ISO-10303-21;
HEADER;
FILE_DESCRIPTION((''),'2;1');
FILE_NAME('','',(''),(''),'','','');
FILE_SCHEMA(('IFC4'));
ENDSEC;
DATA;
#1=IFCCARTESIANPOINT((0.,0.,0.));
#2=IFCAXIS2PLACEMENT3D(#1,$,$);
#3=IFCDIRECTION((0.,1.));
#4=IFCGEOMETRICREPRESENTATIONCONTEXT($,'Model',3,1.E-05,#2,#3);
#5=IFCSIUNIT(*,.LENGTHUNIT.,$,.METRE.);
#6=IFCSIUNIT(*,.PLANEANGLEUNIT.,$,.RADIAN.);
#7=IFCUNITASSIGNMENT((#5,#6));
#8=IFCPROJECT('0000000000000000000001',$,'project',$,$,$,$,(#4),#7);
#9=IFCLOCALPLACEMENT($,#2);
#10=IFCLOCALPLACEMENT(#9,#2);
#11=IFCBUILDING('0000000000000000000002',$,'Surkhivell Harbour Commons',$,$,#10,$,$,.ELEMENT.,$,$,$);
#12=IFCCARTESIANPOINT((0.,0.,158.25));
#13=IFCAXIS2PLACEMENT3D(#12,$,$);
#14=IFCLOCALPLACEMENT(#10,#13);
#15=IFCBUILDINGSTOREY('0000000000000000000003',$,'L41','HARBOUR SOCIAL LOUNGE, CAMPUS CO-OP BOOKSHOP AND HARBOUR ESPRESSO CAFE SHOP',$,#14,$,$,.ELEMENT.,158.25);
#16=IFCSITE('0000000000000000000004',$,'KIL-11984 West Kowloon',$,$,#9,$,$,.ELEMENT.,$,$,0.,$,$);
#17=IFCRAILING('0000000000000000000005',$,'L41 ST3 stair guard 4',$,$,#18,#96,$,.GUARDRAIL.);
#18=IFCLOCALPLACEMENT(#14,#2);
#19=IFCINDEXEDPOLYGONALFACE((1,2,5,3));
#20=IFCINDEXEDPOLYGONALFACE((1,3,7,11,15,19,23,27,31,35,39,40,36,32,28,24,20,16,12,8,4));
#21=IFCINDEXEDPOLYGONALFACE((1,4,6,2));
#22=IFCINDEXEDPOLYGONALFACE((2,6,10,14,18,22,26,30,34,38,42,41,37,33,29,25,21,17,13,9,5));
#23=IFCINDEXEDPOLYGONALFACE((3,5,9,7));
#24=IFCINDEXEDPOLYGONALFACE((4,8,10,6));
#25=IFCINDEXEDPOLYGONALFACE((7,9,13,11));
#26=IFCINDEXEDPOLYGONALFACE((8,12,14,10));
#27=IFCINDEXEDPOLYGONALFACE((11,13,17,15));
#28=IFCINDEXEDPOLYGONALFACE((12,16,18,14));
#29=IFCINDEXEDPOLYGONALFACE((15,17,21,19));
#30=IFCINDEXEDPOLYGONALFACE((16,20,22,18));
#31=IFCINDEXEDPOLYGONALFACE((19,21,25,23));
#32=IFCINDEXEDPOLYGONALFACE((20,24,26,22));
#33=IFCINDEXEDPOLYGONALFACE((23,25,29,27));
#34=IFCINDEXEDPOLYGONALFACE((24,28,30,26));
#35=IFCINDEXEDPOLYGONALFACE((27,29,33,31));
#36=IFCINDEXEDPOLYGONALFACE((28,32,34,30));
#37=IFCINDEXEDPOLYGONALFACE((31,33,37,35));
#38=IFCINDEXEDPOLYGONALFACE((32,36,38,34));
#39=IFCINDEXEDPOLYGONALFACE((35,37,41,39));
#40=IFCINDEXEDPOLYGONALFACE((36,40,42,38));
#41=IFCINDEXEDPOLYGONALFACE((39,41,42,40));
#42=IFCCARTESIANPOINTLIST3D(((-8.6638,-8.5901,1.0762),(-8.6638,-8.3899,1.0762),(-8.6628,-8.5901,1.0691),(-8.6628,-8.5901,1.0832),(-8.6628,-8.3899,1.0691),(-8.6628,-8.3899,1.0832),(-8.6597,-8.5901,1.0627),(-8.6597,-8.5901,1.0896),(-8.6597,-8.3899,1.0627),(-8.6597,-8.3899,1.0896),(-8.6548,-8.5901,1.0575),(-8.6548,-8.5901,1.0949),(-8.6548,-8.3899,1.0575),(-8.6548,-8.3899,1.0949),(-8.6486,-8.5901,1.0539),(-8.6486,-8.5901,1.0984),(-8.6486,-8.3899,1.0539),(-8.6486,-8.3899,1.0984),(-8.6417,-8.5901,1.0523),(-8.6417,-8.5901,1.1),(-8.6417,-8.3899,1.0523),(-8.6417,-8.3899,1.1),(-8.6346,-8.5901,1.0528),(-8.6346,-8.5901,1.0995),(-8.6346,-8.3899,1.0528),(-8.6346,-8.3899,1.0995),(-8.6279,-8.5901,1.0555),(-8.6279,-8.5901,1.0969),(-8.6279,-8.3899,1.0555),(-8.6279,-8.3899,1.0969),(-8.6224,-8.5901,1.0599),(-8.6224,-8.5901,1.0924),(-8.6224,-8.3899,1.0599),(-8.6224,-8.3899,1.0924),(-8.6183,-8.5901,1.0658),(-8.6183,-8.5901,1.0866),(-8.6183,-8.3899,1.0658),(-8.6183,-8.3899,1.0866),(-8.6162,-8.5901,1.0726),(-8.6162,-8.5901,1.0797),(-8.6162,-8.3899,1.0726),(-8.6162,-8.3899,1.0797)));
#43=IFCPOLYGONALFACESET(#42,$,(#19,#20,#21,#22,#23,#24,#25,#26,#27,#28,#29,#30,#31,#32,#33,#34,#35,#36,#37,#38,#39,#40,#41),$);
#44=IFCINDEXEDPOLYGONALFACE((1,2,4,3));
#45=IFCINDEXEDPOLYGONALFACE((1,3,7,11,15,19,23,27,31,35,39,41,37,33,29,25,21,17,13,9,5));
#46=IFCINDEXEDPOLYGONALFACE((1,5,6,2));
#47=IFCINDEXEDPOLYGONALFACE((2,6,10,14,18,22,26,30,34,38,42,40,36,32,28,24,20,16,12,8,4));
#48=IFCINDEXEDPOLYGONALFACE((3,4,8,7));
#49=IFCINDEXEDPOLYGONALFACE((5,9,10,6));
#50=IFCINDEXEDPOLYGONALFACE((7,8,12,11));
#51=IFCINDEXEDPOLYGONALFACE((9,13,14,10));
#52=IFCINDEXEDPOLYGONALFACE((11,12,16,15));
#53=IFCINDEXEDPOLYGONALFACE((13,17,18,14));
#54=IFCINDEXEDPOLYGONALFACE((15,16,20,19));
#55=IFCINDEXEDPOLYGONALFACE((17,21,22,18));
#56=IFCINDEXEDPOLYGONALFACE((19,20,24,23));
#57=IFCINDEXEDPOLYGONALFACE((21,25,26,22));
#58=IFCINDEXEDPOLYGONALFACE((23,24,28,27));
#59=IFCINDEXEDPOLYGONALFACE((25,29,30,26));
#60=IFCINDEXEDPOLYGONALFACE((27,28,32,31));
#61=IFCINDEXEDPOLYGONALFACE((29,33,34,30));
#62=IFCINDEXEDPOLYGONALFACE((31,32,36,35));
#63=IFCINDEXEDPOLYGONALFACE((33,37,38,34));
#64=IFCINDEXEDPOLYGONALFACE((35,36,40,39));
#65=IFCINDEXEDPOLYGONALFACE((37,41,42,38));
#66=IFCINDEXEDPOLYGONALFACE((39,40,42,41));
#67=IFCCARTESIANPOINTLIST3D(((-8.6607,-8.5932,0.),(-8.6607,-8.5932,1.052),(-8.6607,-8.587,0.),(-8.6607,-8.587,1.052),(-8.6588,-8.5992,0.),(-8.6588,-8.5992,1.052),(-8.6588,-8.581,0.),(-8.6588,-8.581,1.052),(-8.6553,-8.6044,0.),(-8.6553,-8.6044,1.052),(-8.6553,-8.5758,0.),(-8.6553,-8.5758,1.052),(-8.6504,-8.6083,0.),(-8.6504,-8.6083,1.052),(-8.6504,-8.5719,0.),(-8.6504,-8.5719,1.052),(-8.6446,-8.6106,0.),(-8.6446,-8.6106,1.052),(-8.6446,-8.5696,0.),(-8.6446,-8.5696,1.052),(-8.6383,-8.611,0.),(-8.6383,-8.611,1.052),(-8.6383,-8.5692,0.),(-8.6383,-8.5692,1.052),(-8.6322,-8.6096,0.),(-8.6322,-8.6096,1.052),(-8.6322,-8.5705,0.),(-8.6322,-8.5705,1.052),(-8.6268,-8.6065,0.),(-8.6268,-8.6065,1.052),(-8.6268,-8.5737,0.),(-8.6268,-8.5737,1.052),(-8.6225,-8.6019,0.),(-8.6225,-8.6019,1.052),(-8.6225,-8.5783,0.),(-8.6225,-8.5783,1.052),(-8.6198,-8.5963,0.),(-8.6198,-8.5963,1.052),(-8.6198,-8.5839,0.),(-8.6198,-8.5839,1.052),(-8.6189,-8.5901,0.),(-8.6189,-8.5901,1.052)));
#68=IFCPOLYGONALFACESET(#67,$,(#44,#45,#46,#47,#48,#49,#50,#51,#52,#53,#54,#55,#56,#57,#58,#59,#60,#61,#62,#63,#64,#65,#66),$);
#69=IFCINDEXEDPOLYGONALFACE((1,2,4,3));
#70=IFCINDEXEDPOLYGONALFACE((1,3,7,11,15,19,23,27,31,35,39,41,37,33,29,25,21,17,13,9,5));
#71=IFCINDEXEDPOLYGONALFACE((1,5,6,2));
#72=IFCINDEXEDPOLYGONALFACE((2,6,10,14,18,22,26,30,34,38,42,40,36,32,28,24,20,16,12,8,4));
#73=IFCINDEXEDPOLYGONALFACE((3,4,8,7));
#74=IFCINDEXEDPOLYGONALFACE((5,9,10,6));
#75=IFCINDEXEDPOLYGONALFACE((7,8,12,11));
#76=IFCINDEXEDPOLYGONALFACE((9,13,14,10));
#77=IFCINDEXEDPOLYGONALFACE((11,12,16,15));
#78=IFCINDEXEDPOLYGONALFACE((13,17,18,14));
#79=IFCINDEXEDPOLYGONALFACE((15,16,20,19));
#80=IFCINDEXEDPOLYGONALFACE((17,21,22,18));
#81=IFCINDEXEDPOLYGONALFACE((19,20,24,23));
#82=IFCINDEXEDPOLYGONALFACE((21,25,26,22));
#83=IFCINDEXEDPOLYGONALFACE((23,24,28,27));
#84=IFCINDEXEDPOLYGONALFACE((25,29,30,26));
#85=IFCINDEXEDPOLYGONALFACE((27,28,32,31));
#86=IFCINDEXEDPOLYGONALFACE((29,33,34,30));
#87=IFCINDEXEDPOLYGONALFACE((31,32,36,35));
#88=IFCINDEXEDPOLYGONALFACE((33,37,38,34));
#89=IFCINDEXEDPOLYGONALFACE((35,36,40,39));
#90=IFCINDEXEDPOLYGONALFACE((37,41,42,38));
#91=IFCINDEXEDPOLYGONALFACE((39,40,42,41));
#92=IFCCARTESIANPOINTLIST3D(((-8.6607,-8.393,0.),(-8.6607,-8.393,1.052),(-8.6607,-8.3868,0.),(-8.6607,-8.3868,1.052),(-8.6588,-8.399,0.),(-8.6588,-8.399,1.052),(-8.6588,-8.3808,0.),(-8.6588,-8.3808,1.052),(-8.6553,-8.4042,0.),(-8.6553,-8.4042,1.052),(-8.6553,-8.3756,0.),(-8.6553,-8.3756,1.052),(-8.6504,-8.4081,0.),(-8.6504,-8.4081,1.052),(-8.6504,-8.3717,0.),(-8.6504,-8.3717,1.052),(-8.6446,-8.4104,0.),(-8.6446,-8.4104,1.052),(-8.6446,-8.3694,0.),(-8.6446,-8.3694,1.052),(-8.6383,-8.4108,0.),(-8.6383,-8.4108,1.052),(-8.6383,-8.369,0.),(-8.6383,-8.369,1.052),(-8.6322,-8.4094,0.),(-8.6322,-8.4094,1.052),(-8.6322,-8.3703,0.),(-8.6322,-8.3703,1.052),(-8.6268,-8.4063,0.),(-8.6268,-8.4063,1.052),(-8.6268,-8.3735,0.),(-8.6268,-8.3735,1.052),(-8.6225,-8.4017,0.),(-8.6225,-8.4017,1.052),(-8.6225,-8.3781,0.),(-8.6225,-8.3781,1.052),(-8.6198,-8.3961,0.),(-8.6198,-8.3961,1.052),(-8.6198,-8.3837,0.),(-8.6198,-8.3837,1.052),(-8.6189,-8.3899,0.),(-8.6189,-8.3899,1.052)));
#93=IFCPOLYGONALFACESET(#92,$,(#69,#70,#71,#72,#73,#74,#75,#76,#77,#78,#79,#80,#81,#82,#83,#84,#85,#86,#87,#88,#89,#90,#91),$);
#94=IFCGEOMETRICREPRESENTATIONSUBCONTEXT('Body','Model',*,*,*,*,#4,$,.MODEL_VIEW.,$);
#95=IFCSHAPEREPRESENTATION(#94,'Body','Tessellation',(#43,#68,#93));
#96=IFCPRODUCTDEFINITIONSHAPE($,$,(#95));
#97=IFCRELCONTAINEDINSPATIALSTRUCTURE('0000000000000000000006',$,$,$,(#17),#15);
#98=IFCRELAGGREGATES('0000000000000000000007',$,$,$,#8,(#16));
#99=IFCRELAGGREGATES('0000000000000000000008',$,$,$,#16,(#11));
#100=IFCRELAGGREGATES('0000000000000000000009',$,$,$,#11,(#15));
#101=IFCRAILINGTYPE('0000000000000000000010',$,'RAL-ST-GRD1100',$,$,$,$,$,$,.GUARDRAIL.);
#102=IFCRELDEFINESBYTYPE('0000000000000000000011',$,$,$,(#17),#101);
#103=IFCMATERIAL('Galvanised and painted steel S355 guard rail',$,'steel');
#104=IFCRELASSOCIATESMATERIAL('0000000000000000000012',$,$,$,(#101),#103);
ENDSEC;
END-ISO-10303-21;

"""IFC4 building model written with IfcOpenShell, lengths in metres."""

from ifc_helpers import new_model, si_unit, direction, frame, origin, origin_2d, place, context, subcontext, project, spatial, circle, extrude, material, type_object, element, save


model = new_model("IFC4")

# Units and contexts
model_context = context("Model", 3, precision=1e-05, world=origin(), true_north=direction((0.0, 1.0)))
body_context = subcontext(model_context, "Body", "Model", "MODEL_VIEW")
ifc_project = project(units=[si_unit("LENGTHUNIT", "METRE"), si_unit("PLANEANGLEUNIT", "RADIAN")], contexts=[model_context])

# Site, building, storey
site_placement = place(None, origin())
site = spatial("IfcSite", under=ifc_project, at=site_placement, Name="KIL-11984 West Kowloon", CompositionType="ELEMENT", RefElevation=0.0)
building_placement = place(site_placement, origin())
building = spatial("IfcBuilding", under=site, at=building_placement, Name="Surkhivell Harbour Commons", CompositionType="ELEMENT")
storey_placement = place(building_placement, frame((0.0, 0.0, 158.25)))
storey = spatial("IfcBuildingStorey", under=building, at=storey_placement, Name="L41", Description="HARBOUR SOCIAL LOUNGE, CAMPUS CO-OP BOOKSHOP AND HARBOUR ESPRESSO CAFE SHOP", CompositionType="ELEMENT", Elevation=158.25)

# Railing
ifc_material_1 = material(Name="Galvanised and painted steel S355 guard rail", Category="steel")
railing_type_1 = type_object("IfcRailingType", Name="RAL-ST-GRD1100", PredefinedType="GUARDRAIL", material=ifc_material_1)
railing_1_placement = place(storey_placement, frame((-8.6399, -8.5901, 0.0)))
element("IfcRailing", 1, at=railing_1_placement, inside=storey, type_object=railing_type_1, Name="L41 ST3 stair guard 4", PredefinedType="GUARDRAIL", context=body_context, shape_type="SweptSolid", body=[
    extrude(circle(Radius=0.0239, at=origin_2d()), frame((0.0, 0.0, 1.0762), z_axis=(0.0, 1.0, 0.0), x_axis=(-1.0, 0.0, 0.0)), (0.0, 0.0, 1.0), 0.2002),
    extrude(circle(Radius=0.021, at=origin_2d()), origin(), (0.0, 0.0, 1.0), 1.052),
    extrude(circle(Radius=0.021, at=origin_2d()), frame((0.0, 0.2002, 0.0)), (0.0, 0.0, 1.0), 1.052),
])

save(model, "model.ifc")
